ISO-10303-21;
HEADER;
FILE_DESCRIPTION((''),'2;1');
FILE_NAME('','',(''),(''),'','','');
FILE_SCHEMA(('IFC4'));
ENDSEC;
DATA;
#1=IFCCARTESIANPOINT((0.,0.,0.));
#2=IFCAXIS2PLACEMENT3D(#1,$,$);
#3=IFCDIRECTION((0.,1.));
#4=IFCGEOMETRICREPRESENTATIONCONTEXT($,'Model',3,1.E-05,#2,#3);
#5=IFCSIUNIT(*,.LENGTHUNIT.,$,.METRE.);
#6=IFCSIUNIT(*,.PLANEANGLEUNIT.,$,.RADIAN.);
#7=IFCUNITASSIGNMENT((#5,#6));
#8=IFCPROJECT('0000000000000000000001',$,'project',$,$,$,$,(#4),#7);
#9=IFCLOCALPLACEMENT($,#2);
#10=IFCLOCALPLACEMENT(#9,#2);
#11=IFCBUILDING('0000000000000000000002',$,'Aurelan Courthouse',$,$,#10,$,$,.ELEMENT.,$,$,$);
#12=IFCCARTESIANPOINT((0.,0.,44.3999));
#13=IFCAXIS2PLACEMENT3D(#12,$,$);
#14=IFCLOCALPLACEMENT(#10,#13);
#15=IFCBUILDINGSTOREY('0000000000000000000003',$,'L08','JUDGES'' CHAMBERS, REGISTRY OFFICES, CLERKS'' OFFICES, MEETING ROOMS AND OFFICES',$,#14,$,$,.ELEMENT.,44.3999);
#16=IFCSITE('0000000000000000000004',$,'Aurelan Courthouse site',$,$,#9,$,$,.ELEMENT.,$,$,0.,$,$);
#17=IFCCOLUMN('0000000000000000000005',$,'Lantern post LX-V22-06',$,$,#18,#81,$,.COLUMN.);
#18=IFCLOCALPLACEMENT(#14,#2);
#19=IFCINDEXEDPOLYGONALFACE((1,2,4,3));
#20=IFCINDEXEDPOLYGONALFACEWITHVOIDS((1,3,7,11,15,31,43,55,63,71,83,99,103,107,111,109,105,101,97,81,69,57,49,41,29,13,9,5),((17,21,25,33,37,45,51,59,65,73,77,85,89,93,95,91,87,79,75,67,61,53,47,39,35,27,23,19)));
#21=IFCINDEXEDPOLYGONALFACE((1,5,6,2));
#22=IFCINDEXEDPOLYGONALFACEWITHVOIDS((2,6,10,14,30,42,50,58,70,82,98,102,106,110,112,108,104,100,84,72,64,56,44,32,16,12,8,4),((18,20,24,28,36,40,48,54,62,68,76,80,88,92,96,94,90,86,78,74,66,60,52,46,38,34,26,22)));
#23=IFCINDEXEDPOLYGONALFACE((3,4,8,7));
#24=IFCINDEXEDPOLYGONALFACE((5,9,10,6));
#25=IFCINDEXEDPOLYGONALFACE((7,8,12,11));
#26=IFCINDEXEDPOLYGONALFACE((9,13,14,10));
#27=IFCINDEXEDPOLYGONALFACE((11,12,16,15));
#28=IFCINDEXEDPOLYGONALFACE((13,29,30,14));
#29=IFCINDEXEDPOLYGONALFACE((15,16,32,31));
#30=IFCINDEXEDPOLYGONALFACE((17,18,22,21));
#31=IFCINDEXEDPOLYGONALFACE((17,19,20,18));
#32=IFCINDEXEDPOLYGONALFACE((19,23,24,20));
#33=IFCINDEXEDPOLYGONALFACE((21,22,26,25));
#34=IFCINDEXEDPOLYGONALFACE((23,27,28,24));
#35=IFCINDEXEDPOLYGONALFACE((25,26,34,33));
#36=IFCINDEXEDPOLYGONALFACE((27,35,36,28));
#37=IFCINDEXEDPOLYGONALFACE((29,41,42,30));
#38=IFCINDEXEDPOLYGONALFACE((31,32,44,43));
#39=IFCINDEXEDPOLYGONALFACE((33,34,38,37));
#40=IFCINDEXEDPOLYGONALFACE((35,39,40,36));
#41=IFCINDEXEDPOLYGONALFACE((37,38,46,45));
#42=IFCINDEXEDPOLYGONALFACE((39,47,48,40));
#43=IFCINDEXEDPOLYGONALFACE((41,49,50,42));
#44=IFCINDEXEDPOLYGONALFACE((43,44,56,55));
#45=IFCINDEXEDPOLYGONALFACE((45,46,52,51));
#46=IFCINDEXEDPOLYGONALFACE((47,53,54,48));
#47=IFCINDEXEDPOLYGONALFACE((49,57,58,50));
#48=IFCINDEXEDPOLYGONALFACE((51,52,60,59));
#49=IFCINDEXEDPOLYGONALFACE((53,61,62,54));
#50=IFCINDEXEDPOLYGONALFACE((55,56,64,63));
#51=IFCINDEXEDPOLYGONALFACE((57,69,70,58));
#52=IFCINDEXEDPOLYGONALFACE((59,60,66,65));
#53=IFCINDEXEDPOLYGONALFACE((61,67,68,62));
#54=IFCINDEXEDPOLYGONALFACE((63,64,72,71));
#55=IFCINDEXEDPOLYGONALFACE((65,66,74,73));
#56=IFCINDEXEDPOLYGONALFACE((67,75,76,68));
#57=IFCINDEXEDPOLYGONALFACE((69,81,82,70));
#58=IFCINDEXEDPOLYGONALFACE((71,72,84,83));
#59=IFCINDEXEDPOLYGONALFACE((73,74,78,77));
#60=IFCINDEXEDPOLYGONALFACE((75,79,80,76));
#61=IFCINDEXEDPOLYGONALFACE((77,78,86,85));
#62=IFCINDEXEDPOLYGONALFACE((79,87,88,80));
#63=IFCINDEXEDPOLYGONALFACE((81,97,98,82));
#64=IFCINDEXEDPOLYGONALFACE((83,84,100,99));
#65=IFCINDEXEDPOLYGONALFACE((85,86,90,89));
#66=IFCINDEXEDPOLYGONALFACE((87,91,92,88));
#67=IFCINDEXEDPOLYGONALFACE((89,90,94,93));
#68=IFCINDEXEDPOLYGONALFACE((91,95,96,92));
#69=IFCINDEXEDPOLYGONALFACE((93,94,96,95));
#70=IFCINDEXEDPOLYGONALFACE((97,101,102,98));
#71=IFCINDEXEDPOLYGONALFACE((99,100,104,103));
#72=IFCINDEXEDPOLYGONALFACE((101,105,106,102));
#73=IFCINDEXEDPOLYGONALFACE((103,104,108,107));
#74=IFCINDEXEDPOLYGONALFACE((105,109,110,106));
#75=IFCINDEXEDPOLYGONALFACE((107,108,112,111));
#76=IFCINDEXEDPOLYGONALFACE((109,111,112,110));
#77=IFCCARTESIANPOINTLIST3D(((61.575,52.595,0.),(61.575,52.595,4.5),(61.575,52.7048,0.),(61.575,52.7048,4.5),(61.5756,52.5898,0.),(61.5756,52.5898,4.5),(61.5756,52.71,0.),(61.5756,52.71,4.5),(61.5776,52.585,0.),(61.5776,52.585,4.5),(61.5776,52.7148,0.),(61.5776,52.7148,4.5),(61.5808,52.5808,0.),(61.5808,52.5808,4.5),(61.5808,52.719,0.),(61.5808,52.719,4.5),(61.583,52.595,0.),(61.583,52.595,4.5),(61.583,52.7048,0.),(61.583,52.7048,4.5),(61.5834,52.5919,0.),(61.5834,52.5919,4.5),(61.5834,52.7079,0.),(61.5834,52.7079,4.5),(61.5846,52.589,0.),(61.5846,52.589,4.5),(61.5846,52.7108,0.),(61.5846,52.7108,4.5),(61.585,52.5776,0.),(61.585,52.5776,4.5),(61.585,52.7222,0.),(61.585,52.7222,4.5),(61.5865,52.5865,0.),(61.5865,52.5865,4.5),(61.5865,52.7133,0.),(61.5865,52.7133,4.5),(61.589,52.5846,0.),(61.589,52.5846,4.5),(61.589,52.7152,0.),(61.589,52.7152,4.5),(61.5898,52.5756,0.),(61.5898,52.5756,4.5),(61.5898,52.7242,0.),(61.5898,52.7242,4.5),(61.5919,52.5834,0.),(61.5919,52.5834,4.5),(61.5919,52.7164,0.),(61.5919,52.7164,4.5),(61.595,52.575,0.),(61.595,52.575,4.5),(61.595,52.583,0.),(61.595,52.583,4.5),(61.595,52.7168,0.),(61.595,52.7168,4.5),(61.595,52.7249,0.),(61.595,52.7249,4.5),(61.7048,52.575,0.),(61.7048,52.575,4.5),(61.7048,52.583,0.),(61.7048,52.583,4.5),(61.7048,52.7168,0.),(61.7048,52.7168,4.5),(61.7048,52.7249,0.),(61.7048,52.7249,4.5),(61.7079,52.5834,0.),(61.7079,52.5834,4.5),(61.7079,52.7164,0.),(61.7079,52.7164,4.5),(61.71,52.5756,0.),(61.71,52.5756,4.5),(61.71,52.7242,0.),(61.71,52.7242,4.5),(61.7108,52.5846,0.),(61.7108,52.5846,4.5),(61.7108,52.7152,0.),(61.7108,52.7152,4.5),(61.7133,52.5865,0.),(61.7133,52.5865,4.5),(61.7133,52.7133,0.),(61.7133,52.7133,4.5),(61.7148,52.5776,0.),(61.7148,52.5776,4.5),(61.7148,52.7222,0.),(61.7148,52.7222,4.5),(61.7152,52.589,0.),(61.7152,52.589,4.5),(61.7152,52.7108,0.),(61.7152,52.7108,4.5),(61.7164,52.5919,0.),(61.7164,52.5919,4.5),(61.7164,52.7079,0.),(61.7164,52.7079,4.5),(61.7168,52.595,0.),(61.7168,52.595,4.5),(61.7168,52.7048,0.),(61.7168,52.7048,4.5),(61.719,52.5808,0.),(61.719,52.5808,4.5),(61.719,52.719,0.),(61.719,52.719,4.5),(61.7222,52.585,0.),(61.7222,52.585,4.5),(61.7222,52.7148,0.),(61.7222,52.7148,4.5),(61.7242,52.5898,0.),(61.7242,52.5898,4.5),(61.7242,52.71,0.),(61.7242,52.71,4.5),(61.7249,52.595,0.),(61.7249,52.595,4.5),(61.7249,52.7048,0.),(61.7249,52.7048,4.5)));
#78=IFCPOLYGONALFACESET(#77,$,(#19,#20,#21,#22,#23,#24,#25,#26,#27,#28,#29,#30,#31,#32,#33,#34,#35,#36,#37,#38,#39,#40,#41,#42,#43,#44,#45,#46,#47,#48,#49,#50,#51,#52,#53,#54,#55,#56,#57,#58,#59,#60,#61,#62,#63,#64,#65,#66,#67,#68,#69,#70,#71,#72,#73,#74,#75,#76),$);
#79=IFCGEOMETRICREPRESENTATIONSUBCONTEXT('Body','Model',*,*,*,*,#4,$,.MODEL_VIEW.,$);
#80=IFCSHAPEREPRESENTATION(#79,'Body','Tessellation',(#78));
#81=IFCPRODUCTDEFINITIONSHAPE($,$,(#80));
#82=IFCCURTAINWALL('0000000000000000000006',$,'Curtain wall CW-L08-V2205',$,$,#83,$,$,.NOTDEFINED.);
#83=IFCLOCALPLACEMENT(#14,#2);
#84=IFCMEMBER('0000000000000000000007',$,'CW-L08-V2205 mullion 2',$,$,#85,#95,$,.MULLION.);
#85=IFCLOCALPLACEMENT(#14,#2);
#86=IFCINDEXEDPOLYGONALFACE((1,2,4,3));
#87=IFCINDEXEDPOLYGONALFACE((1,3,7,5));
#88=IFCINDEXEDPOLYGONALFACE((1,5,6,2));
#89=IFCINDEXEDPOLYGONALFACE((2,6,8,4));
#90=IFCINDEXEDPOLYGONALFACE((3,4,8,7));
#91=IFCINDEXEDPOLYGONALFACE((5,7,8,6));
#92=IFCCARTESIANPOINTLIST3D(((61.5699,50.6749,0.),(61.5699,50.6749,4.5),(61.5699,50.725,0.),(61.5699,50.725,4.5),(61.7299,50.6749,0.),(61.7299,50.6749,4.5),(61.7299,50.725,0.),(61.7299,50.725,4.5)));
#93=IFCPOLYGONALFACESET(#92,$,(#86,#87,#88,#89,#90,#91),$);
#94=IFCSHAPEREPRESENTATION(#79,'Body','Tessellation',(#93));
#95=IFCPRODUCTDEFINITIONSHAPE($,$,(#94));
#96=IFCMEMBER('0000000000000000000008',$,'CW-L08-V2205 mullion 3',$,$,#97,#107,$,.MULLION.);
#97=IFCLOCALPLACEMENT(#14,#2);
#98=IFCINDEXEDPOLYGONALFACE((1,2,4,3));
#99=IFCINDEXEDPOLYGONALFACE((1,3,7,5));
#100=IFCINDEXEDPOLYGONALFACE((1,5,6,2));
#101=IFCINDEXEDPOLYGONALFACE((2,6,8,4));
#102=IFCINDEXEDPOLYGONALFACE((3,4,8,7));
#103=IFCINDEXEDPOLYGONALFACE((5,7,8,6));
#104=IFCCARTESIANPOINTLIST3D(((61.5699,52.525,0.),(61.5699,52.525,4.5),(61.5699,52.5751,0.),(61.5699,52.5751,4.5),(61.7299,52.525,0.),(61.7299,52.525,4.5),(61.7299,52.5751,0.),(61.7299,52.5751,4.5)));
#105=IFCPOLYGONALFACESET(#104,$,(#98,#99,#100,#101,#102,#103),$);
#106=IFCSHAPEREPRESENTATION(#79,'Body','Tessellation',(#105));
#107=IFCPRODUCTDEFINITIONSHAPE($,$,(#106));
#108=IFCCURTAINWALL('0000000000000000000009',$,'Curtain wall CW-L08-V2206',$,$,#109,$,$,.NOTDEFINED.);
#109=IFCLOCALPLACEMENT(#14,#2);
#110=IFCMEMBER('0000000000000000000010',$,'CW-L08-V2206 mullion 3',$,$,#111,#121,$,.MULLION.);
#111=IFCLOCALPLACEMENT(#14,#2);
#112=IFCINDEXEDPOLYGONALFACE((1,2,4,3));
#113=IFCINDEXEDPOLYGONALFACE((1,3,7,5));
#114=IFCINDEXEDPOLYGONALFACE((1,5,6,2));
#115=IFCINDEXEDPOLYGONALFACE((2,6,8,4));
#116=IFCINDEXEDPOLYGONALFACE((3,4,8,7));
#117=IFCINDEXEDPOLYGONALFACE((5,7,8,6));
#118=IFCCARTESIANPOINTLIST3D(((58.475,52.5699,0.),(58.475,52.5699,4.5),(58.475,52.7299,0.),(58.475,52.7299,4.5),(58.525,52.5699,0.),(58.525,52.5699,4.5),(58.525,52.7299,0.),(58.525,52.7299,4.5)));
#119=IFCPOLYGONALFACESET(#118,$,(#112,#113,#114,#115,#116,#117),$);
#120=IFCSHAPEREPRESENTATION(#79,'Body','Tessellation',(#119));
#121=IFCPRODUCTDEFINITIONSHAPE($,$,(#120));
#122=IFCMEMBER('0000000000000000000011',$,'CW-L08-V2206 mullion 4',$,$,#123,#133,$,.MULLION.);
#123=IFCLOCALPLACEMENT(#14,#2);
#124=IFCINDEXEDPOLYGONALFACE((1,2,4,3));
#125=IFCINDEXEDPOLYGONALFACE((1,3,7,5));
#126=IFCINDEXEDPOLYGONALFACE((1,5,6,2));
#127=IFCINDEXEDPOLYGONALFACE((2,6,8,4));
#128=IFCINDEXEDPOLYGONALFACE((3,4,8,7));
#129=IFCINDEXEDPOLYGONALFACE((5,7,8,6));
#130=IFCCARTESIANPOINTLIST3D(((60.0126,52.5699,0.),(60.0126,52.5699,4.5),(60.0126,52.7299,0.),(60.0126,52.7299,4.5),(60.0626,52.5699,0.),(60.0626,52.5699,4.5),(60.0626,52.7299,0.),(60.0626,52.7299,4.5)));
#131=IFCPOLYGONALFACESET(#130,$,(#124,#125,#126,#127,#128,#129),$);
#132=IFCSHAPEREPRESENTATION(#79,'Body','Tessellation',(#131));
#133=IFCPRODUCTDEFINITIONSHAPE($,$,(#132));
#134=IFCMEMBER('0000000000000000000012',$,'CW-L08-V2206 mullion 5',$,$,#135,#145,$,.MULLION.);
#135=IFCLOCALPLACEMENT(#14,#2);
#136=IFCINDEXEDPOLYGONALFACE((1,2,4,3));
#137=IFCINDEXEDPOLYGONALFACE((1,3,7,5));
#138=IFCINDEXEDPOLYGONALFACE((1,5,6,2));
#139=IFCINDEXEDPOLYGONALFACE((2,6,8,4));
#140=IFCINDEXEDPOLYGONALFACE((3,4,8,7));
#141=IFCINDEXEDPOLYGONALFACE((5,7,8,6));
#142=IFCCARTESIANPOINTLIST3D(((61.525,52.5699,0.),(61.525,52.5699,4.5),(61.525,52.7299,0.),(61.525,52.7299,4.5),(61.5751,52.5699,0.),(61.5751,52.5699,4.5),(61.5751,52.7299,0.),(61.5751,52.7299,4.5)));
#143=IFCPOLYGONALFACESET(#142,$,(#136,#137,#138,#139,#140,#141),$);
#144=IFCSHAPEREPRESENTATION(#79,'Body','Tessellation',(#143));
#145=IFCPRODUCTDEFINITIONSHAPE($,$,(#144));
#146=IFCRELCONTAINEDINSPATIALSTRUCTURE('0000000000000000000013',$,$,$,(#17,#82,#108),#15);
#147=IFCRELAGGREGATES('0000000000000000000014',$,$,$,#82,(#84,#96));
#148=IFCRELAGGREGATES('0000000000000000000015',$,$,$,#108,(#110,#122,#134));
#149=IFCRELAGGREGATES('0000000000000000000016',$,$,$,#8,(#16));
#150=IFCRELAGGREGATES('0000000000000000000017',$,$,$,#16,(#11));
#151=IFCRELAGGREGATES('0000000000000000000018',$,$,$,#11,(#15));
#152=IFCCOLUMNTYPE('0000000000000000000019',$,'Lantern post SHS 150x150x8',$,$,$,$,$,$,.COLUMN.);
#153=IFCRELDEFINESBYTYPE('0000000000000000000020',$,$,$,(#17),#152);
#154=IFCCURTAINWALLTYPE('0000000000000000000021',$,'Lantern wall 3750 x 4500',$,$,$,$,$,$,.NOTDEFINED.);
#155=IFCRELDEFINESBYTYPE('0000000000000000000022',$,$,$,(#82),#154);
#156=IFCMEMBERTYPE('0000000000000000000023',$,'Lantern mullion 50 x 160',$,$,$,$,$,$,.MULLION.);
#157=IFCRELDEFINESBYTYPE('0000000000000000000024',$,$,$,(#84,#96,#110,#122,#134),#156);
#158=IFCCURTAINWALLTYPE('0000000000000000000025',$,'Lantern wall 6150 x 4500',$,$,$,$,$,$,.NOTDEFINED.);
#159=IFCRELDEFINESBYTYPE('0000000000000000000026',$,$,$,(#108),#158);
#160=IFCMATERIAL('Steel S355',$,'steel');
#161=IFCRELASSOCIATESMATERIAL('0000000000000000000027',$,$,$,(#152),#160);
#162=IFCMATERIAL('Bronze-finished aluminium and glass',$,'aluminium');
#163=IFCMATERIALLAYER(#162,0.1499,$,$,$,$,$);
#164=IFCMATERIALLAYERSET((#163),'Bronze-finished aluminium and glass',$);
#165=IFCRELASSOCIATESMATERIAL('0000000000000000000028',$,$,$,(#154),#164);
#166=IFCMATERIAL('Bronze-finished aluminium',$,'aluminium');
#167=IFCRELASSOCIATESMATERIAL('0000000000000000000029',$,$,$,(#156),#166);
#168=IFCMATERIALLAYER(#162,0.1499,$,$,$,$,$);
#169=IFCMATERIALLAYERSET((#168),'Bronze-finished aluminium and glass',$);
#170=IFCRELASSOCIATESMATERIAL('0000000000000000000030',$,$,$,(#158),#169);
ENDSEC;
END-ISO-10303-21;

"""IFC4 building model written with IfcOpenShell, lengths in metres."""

from ifc_helpers import new_model, si_unit, direction, frame, origin, origin_2d, place, context, subcontext, project, spatial, rectangle, hollow_rectangle, extrude, material, layer, layer_set, material_profile, profile_set, type_object, element, aggregate, save


model = new_model("IFC4")

# Units and contexts
model_context = context("Model", 3, precision=1e-05, world=origin(), true_north=direction((0.0, 1.0)))
body_context = subcontext(model_context, "Body", "Model", "MODEL_VIEW")
ifc_project = project(units=[si_unit("LENGTHUNIT", "METRE"), si_unit("PLANEANGLEUNIT", "RADIAN")], contexts=[model_context])

# Site, building, storey
site_placement = place(None, origin())
site = spatial("IfcSite", under=ifc_project, at=site_placement, Name="Aurelan Courthouse site", CompositionType="ELEMENT", RefElevation=0.0)
building_placement = place(site_placement, origin())
building = spatial("IfcBuilding", under=site, at=building_placement, Name="Aurelan Courthouse", CompositionType="ELEMENT")
storey_placement = place(building_placement, frame((0.0, 0.0, 44.3999)))
storey = spatial("IfcBuildingStorey", under=building, at=storey_placement, Name="L08", Description="JUDGES' CHAMBERS, REGISTRY OFFICES, CLERKS' OFFICES, MEETING ROOMS AND OFFICES", CompositionType="ELEMENT", Elevation=44.3999)

# Column
ifc_material_1 = material(Name="Steel S355", Category="steel")
ifc_material_profile_1 = material_profile(ifc_material_1, hollow_rectangle(XDim=0.1499, YDim=0.1499, WallThickness=0.0081, InnerFilletRadius=0.012, OuterFilletRadius=0.02, at=origin_2d()), Name="SHS 150x150x8")
ifc_profile_set_1 = profile_set([ifc_material_profile_1], Name="Steel S355")
column_type = type_object("IfcColumnType", Name="Lantern post SHS 150x150x8", PredefinedType="COLUMN", material=ifc_profile_set_1)
column_placement = place(storey_placement, frame((61.6499, 52.6499, 0.0), z_axis=(0.0, 0.0, 1.0), x_axis=(1.0, 0.0, 0.0)))
element("IfcColumn", 1, at=column_placement, inside=storey, type_object=column_type, Name="Lantern post LX-V22-06", PredefinedType="COLUMN", context=body_context, shape_type="SweptSolid", body=[
    extrude(hollow_rectangle(XDim=0.1499, YDim=0.1499, WallThickness=0.0081, InnerFilletRadius=0.012, OuterFilletRadius=0.02, at=origin_2d()), origin(), (0.0, 0.0, 1.0), 4.5),
])

# Curtain walls, members
ifc_material_2 = material(Name="Bronze-finished aluminium and glass", Category="aluminium")
ifc_layer_1 = layer(ifc_material_2, 0.1499)
ifc_layer_set_1 = layer_set([ifc_layer_1], Name="Bronze-finished aluminium and glass")
curtain_wall_type_1 = type_object("IfcCurtainWallType", Name="Lantern wall 3750 x 4500", PredefinedType="NOTDEFINED", material=ifc_layer_set_1)
curtain_wall_1_placement = place(storey_placement, origin())
curtain_wall_1 = element("IfcCurtainWall", 2, at=curtain_wall_1_placement, inside=storey, type_object=curtain_wall_type_1, Name="Curtain wall CW-L08-V2205", PredefinedType="NOTDEFINED")
ifc_material_3 = material(Name="Bronze-finished aluminium", Category="aluminium")
ifc_material_profile_2 = material_profile(ifc_material_3, rectangle(XDim=0.1599, YDim=0.05, at=origin_2d()), Name="Lantern mullion 50 x 160")
ifc_profile_set_2 = profile_set([ifc_material_profile_2], Name="Bronze-finished aluminium")
member_type_1 = type_object("IfcMemberType", Name="Lantern mullion 50 x 160", PredefinedType="MULLION", material=ifc_profile_set_2)
member_1_placement = place(storey_placement, frame((61.6499, 50.7, 0.0), z_axis=(0.0, 0.0, 1.0), x_axis=(-1.0, 0.0, 0.0)))
member_1 = element("IfcMember", 3, at=member_1_placement, type_object=member_type_1, Name="CW-L08-V2205 mullion 2", PredefinedType="MULLION", context=body_context, shape_type="SweptSolid", body=[
    extrude(rectangle(XDim=0.1599, YDim=0.05, at=origin_2d()), origin(), (0.0, 0.0, 1.0), 4.5),
])
member_2_placement = place(storey_placement, frame((61.6499, 52.55, 0.0), z_axis=(0.0, 0.0, 1.0), x_axis=(-1.0, 0.0, 0.0)))
member_2 = element("IfcMember", 4, at=member_2_placement, type_object=member_type_1, Name="CW-L08-V2205 mullion 3", PredefinedType="MULLION", context=body_context, shape_type="SweptSolid", body=[
    extrude(rectangle(XDim=0.1599, YDim=0.05, at=origin_2d()), origin(), (0.0, 0.0, 1.0), 4.5),
])
ifc_layer_2 = layer(ifc_material_2, 0.1499)
ifc_layer_set_2 = layer_set([ifc_layer_2], Name="Bronze-finished aluminium and glass")
curtain_wall_type_2 = type_object("IfcCurtainWallType", Name="Lantern wall 6150 x 4500", PredefinedType="NOTDEFINED", material=ifc_layer_set_2)
curtain_wall_2_placement = place(storey_placement, origin())
curtain_wall_2 = element("IfcCurtainWall", 5, at=curtain_wall_2_placement, inside=storey, type_object=curtain_wall_type_2, Name="Curtain wall CW-L08-V2206", PredefinedType="NOTDEFINED")
member_3_placement = place(storey_placement, frame((58.5, 52.6499, 0.0), z_axis=(0.0, 0.0, 1.0), x_axis=(0.0, 1.0, 0.0)))
member_3 = element("IfcMember", 6, at=member_3_placement, type_object=member_type_1, Name="CW-L08-V2206 mullion 3", PredefinedType="MULLION", context=body_context, shape_type="SweptSolid", body=[
    extrude(rectangle(XDim=0.1599, YDim=0.05, at=origin_2d()), origin(), (0.0, 0.0, 1.0), 4.5),
])
member_4_placement = place(storey_placement, frame((60.0376, 52.6499, 0.0), z_axis=(0.0, 0.0, 1.0), x_axis=(0.0, 1.0, 0.0)))
member_4 = element("IfcMember", 7, at=member_4_placement, type_object=member_type_1, Name="CW-L08-V2206 mullion 4", PredefinedType="MULLION", context=body_context, shape_type="SweptSolid", body=[
    extrude(rectangle(XDim=0.1599, YDim=0.05, at=origin_2d()), origin(), (0.0, 0.0, 1.0), 4.5),
])
member_5_placement = place(storey_placement, frame((61.55, 52.6499, 0.0), z_axis=(0.0, 0.0, 1.0), x_axis=(0.0, 1.0, 0.0)))
member_5 = element("IfcMember", 8, at=member_5_placement, type_object=member_type_1, Name="CW-L08-V2206 mullion 5", PredefinedType="MULLION", context=body_context, shape_type="SweptSolid", body=[
    extrude(rectangle(XDim=0.1599, YDim=0.05, at=origin_2d()), origin(), (0.0, 0.0, 1.0), 4.5),
])

aggregate(curtain_wall_1, [member_1, member_2])
aggregate(curtain_wall_2, [member_3, member_4, member_5])

save(model, "model.ifc")
